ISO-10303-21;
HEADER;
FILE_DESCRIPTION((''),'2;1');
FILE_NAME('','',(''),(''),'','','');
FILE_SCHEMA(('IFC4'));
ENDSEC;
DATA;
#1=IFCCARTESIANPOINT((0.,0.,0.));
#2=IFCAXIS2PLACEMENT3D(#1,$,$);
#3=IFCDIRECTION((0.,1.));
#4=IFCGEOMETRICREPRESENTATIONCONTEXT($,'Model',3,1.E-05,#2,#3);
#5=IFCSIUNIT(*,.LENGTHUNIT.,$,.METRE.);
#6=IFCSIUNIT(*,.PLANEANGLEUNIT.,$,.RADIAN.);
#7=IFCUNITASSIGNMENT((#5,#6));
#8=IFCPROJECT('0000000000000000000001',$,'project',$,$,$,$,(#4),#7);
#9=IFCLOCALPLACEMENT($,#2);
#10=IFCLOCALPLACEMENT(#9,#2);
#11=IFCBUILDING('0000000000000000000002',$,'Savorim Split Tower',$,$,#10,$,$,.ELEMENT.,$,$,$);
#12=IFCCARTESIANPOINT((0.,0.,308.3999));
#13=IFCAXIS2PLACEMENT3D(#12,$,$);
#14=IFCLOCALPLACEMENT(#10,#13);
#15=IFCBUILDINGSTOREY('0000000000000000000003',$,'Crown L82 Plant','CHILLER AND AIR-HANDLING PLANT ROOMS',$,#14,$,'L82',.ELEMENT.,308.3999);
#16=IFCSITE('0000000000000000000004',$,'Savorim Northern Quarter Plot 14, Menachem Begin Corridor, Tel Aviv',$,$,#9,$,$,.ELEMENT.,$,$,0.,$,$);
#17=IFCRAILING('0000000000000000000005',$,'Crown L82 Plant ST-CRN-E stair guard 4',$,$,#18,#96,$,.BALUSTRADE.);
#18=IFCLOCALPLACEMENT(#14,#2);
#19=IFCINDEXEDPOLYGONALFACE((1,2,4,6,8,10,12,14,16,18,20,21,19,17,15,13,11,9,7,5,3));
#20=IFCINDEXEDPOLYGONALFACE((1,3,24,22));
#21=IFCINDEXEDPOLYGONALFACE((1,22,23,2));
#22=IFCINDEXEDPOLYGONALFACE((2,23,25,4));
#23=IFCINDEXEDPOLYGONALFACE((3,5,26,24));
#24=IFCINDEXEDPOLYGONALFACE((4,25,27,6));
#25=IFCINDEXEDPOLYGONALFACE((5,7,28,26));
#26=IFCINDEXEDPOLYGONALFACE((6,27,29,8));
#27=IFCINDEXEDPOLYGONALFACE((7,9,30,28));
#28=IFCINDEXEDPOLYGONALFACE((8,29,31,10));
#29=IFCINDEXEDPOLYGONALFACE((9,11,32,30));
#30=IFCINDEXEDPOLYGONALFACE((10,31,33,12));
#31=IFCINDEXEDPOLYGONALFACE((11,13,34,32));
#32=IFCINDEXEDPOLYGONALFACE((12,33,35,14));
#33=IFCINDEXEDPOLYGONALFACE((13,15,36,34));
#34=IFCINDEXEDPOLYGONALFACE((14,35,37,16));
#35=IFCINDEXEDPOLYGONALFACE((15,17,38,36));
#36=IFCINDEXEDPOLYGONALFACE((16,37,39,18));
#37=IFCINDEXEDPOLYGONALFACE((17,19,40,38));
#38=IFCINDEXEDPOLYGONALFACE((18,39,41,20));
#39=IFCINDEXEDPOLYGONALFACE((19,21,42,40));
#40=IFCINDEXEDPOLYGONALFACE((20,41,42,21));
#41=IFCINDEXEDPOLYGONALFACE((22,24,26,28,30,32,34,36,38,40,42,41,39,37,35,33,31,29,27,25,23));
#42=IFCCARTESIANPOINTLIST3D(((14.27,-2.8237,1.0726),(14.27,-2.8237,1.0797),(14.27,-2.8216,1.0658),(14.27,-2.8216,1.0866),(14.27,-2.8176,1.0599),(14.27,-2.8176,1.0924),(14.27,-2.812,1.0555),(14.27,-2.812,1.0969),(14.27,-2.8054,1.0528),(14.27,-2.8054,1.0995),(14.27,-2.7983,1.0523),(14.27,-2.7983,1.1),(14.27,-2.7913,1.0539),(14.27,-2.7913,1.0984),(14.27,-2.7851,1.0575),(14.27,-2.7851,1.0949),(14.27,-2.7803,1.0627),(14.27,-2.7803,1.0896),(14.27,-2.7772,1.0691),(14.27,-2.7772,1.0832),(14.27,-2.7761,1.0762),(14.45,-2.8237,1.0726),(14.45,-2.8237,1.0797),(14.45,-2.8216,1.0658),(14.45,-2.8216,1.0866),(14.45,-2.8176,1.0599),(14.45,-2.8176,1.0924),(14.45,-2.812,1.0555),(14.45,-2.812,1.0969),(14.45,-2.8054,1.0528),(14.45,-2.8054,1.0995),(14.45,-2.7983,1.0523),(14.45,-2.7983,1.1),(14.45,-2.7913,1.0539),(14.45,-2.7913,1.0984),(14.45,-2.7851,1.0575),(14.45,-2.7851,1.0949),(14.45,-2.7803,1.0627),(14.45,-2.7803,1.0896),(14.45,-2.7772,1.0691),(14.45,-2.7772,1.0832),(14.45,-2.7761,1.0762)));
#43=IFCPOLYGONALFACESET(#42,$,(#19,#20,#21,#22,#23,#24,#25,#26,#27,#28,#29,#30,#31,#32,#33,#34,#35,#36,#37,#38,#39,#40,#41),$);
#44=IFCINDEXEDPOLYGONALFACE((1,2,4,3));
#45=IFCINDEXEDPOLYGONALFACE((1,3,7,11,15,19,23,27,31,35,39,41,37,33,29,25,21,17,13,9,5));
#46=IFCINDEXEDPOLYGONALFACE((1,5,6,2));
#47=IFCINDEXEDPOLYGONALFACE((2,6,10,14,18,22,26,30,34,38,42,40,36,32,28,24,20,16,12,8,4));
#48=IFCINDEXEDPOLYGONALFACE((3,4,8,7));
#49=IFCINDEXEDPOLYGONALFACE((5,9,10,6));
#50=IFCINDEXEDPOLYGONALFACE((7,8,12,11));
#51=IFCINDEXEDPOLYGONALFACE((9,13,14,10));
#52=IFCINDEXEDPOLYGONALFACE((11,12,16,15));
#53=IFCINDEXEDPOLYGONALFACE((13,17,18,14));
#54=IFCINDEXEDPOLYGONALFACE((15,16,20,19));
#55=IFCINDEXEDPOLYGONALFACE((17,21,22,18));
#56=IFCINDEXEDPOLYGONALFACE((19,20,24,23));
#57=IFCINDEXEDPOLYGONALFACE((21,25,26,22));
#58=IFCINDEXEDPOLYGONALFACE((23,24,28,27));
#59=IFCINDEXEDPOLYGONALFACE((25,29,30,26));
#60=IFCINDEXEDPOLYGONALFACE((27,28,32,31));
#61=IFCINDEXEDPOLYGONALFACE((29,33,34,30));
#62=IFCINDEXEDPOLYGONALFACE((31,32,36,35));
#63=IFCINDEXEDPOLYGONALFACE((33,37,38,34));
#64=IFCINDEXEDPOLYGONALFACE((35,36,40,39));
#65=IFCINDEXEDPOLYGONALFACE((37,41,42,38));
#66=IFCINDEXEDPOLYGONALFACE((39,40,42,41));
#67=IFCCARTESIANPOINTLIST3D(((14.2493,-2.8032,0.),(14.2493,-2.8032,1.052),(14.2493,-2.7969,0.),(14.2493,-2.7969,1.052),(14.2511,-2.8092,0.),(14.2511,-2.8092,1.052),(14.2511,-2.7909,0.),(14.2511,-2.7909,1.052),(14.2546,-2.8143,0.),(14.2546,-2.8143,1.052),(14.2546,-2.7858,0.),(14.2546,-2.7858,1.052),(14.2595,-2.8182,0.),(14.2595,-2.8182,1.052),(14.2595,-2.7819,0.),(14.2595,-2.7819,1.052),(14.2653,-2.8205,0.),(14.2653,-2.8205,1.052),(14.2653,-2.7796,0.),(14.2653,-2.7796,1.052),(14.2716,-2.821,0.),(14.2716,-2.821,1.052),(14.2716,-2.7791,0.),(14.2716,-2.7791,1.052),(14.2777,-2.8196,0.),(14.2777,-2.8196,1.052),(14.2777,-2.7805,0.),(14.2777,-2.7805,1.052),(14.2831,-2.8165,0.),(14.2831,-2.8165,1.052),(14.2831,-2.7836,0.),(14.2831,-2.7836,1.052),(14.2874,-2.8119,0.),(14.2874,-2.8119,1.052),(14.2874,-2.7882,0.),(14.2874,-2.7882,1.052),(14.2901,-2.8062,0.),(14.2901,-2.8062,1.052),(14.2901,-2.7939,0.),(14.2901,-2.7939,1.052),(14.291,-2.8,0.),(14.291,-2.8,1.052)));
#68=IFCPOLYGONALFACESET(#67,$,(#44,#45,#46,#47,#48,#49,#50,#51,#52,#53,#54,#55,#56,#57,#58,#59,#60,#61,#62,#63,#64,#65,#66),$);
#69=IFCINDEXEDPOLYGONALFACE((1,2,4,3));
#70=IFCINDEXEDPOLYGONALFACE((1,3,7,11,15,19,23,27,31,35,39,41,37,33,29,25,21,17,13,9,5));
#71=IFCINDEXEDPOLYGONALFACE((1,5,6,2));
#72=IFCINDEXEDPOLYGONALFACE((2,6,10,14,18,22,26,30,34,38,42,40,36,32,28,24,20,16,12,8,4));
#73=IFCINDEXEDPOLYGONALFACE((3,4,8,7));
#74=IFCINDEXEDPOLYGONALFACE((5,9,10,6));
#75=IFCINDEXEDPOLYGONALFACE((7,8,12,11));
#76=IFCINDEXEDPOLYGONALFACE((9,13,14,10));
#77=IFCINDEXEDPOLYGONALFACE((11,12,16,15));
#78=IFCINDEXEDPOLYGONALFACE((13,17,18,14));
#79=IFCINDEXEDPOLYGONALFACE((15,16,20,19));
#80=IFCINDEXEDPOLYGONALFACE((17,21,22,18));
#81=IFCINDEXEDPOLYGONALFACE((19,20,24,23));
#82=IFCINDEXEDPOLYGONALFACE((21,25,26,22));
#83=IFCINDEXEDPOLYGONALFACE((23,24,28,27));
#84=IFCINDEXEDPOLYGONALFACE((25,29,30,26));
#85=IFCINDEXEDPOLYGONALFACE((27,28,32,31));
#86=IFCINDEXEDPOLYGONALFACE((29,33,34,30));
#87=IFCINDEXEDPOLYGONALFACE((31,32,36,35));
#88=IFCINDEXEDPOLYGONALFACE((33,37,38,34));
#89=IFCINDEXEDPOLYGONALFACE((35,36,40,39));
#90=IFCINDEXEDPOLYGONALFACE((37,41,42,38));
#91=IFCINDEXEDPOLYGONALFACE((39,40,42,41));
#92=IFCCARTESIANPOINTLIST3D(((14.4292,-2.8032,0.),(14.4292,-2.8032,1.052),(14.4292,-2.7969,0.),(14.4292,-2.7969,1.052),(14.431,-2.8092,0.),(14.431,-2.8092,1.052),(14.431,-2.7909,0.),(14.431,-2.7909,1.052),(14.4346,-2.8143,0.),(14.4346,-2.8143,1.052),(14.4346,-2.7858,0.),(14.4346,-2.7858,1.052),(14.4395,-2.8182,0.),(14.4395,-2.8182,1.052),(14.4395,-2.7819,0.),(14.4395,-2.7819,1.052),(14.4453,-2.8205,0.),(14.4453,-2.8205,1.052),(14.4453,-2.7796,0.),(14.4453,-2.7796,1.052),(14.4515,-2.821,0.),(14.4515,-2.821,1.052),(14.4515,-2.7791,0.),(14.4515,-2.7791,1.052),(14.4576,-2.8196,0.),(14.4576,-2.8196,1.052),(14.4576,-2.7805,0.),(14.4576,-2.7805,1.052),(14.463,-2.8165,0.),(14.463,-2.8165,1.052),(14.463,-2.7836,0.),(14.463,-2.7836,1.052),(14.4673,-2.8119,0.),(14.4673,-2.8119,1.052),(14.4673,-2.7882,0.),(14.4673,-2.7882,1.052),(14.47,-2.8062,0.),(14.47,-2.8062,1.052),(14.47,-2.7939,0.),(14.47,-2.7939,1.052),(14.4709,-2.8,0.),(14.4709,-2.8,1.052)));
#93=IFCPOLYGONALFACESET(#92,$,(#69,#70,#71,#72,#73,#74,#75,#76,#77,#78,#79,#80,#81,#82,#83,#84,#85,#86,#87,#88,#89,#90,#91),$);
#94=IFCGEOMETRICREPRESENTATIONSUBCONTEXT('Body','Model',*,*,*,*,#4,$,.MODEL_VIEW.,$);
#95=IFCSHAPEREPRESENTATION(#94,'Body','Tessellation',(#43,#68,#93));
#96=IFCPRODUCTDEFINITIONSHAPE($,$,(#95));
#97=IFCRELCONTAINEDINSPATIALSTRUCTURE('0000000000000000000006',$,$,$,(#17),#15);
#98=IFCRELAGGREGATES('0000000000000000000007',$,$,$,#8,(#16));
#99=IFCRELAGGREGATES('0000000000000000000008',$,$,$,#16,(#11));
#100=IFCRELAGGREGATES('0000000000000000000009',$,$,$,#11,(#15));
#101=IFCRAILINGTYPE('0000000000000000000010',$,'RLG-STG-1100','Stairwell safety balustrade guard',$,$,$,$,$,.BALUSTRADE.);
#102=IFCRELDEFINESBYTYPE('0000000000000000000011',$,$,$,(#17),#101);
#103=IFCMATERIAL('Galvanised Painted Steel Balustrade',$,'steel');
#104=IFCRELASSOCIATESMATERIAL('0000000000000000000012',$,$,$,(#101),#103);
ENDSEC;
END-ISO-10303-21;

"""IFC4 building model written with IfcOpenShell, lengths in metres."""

from ifc_helpers import new_model, si_unit, direction, frame, origin, origin_2d, place, context, subcontext, project, spatial, circle, extrude, material, type_object, element, save


model = new_model("IFC4")

# Units and contexts
model_context = context("Model", 3, precision=1e-05, world=origin(), true_north=direction((0.0, 1.0)))
body_context = subcontext(model_context, "Body", "Model", "MODEL_VIEW")
ifc_project = project(units=[si_unit("LENGTHUNIT", "METRE"), si_unit("PLANEANGLEUNIT", "RADIAN")], contexts=[model_context])

# Site, building, storey
site_placement = place(None, origin())
site = spatial("IfcSite", under=ifc_project, at=site_placement, Name="Savorim Northern Quarter Plot 14, Menachem Begin Corridor, Tel Aviv", CompositionType="ELEMENT", RefElevation=0.0)
building_placement = place(site_placement, origin())
building = spatial("IfcBuilding", under=site, at=building_placement, Name="Savorim Split Tower", CompositionType="ELEMENT")
storey_placement = place(building_placement, frame((0.0, 0.0, 308.3999)))
storey = spatial("IfcBuildingStorey", under=building, at=storey_placement, Name="Crown L82 Plant", Description="CHILLER AND AIR-HANDLING PLANT ROOMS", LongName="L82", CompositionType="ELEMENT", Elevation=308.3999)

# Railing
ifc_material_1 = material(Name="Galvanised Painted Steel Balustrade", Category="steel")
railing_type_1 = type_object("IfcRailingType", Name="RLG-STG-1100", Description="Stairwell safety balustrade guard", PredefinedType="BALUSTRADE", material=ifc_material_1)
railing_1_placement = place(storey_placement, frame((14.27, -2.8, 0.0)))
element("IfcRailing", 1, at=railing_1_placement, inside=storey, type_object=railing_type_1, Name="Crown L82 Plant ST-CRN-E stair guard 4", PredefinedType="BALUSTRADE", context=body_context, shape_type="SweptSolid", body=[
    extrude(circle(Radius=0.0239, at=origin_2d()), frame((0.0, 0.0, 1.0762), z_axis=(1.0, 0.0, 0.0), x_axis=(0.0, 1.0, 0.0)), (0.0, 0.0, 1.0), 0.1799),
    extrude(circle(Radius=0.021, at=origin_2d()), origin(), (0.0, 0.0, 1.0), 1.052),
    extrude(circle(Radius=0.021, at=origin_2d()), frame((0.1799, 0.0, 0.0)), (0.0, 0.0, 1.0), 1.052),
])

save(model, "model.ifc")
